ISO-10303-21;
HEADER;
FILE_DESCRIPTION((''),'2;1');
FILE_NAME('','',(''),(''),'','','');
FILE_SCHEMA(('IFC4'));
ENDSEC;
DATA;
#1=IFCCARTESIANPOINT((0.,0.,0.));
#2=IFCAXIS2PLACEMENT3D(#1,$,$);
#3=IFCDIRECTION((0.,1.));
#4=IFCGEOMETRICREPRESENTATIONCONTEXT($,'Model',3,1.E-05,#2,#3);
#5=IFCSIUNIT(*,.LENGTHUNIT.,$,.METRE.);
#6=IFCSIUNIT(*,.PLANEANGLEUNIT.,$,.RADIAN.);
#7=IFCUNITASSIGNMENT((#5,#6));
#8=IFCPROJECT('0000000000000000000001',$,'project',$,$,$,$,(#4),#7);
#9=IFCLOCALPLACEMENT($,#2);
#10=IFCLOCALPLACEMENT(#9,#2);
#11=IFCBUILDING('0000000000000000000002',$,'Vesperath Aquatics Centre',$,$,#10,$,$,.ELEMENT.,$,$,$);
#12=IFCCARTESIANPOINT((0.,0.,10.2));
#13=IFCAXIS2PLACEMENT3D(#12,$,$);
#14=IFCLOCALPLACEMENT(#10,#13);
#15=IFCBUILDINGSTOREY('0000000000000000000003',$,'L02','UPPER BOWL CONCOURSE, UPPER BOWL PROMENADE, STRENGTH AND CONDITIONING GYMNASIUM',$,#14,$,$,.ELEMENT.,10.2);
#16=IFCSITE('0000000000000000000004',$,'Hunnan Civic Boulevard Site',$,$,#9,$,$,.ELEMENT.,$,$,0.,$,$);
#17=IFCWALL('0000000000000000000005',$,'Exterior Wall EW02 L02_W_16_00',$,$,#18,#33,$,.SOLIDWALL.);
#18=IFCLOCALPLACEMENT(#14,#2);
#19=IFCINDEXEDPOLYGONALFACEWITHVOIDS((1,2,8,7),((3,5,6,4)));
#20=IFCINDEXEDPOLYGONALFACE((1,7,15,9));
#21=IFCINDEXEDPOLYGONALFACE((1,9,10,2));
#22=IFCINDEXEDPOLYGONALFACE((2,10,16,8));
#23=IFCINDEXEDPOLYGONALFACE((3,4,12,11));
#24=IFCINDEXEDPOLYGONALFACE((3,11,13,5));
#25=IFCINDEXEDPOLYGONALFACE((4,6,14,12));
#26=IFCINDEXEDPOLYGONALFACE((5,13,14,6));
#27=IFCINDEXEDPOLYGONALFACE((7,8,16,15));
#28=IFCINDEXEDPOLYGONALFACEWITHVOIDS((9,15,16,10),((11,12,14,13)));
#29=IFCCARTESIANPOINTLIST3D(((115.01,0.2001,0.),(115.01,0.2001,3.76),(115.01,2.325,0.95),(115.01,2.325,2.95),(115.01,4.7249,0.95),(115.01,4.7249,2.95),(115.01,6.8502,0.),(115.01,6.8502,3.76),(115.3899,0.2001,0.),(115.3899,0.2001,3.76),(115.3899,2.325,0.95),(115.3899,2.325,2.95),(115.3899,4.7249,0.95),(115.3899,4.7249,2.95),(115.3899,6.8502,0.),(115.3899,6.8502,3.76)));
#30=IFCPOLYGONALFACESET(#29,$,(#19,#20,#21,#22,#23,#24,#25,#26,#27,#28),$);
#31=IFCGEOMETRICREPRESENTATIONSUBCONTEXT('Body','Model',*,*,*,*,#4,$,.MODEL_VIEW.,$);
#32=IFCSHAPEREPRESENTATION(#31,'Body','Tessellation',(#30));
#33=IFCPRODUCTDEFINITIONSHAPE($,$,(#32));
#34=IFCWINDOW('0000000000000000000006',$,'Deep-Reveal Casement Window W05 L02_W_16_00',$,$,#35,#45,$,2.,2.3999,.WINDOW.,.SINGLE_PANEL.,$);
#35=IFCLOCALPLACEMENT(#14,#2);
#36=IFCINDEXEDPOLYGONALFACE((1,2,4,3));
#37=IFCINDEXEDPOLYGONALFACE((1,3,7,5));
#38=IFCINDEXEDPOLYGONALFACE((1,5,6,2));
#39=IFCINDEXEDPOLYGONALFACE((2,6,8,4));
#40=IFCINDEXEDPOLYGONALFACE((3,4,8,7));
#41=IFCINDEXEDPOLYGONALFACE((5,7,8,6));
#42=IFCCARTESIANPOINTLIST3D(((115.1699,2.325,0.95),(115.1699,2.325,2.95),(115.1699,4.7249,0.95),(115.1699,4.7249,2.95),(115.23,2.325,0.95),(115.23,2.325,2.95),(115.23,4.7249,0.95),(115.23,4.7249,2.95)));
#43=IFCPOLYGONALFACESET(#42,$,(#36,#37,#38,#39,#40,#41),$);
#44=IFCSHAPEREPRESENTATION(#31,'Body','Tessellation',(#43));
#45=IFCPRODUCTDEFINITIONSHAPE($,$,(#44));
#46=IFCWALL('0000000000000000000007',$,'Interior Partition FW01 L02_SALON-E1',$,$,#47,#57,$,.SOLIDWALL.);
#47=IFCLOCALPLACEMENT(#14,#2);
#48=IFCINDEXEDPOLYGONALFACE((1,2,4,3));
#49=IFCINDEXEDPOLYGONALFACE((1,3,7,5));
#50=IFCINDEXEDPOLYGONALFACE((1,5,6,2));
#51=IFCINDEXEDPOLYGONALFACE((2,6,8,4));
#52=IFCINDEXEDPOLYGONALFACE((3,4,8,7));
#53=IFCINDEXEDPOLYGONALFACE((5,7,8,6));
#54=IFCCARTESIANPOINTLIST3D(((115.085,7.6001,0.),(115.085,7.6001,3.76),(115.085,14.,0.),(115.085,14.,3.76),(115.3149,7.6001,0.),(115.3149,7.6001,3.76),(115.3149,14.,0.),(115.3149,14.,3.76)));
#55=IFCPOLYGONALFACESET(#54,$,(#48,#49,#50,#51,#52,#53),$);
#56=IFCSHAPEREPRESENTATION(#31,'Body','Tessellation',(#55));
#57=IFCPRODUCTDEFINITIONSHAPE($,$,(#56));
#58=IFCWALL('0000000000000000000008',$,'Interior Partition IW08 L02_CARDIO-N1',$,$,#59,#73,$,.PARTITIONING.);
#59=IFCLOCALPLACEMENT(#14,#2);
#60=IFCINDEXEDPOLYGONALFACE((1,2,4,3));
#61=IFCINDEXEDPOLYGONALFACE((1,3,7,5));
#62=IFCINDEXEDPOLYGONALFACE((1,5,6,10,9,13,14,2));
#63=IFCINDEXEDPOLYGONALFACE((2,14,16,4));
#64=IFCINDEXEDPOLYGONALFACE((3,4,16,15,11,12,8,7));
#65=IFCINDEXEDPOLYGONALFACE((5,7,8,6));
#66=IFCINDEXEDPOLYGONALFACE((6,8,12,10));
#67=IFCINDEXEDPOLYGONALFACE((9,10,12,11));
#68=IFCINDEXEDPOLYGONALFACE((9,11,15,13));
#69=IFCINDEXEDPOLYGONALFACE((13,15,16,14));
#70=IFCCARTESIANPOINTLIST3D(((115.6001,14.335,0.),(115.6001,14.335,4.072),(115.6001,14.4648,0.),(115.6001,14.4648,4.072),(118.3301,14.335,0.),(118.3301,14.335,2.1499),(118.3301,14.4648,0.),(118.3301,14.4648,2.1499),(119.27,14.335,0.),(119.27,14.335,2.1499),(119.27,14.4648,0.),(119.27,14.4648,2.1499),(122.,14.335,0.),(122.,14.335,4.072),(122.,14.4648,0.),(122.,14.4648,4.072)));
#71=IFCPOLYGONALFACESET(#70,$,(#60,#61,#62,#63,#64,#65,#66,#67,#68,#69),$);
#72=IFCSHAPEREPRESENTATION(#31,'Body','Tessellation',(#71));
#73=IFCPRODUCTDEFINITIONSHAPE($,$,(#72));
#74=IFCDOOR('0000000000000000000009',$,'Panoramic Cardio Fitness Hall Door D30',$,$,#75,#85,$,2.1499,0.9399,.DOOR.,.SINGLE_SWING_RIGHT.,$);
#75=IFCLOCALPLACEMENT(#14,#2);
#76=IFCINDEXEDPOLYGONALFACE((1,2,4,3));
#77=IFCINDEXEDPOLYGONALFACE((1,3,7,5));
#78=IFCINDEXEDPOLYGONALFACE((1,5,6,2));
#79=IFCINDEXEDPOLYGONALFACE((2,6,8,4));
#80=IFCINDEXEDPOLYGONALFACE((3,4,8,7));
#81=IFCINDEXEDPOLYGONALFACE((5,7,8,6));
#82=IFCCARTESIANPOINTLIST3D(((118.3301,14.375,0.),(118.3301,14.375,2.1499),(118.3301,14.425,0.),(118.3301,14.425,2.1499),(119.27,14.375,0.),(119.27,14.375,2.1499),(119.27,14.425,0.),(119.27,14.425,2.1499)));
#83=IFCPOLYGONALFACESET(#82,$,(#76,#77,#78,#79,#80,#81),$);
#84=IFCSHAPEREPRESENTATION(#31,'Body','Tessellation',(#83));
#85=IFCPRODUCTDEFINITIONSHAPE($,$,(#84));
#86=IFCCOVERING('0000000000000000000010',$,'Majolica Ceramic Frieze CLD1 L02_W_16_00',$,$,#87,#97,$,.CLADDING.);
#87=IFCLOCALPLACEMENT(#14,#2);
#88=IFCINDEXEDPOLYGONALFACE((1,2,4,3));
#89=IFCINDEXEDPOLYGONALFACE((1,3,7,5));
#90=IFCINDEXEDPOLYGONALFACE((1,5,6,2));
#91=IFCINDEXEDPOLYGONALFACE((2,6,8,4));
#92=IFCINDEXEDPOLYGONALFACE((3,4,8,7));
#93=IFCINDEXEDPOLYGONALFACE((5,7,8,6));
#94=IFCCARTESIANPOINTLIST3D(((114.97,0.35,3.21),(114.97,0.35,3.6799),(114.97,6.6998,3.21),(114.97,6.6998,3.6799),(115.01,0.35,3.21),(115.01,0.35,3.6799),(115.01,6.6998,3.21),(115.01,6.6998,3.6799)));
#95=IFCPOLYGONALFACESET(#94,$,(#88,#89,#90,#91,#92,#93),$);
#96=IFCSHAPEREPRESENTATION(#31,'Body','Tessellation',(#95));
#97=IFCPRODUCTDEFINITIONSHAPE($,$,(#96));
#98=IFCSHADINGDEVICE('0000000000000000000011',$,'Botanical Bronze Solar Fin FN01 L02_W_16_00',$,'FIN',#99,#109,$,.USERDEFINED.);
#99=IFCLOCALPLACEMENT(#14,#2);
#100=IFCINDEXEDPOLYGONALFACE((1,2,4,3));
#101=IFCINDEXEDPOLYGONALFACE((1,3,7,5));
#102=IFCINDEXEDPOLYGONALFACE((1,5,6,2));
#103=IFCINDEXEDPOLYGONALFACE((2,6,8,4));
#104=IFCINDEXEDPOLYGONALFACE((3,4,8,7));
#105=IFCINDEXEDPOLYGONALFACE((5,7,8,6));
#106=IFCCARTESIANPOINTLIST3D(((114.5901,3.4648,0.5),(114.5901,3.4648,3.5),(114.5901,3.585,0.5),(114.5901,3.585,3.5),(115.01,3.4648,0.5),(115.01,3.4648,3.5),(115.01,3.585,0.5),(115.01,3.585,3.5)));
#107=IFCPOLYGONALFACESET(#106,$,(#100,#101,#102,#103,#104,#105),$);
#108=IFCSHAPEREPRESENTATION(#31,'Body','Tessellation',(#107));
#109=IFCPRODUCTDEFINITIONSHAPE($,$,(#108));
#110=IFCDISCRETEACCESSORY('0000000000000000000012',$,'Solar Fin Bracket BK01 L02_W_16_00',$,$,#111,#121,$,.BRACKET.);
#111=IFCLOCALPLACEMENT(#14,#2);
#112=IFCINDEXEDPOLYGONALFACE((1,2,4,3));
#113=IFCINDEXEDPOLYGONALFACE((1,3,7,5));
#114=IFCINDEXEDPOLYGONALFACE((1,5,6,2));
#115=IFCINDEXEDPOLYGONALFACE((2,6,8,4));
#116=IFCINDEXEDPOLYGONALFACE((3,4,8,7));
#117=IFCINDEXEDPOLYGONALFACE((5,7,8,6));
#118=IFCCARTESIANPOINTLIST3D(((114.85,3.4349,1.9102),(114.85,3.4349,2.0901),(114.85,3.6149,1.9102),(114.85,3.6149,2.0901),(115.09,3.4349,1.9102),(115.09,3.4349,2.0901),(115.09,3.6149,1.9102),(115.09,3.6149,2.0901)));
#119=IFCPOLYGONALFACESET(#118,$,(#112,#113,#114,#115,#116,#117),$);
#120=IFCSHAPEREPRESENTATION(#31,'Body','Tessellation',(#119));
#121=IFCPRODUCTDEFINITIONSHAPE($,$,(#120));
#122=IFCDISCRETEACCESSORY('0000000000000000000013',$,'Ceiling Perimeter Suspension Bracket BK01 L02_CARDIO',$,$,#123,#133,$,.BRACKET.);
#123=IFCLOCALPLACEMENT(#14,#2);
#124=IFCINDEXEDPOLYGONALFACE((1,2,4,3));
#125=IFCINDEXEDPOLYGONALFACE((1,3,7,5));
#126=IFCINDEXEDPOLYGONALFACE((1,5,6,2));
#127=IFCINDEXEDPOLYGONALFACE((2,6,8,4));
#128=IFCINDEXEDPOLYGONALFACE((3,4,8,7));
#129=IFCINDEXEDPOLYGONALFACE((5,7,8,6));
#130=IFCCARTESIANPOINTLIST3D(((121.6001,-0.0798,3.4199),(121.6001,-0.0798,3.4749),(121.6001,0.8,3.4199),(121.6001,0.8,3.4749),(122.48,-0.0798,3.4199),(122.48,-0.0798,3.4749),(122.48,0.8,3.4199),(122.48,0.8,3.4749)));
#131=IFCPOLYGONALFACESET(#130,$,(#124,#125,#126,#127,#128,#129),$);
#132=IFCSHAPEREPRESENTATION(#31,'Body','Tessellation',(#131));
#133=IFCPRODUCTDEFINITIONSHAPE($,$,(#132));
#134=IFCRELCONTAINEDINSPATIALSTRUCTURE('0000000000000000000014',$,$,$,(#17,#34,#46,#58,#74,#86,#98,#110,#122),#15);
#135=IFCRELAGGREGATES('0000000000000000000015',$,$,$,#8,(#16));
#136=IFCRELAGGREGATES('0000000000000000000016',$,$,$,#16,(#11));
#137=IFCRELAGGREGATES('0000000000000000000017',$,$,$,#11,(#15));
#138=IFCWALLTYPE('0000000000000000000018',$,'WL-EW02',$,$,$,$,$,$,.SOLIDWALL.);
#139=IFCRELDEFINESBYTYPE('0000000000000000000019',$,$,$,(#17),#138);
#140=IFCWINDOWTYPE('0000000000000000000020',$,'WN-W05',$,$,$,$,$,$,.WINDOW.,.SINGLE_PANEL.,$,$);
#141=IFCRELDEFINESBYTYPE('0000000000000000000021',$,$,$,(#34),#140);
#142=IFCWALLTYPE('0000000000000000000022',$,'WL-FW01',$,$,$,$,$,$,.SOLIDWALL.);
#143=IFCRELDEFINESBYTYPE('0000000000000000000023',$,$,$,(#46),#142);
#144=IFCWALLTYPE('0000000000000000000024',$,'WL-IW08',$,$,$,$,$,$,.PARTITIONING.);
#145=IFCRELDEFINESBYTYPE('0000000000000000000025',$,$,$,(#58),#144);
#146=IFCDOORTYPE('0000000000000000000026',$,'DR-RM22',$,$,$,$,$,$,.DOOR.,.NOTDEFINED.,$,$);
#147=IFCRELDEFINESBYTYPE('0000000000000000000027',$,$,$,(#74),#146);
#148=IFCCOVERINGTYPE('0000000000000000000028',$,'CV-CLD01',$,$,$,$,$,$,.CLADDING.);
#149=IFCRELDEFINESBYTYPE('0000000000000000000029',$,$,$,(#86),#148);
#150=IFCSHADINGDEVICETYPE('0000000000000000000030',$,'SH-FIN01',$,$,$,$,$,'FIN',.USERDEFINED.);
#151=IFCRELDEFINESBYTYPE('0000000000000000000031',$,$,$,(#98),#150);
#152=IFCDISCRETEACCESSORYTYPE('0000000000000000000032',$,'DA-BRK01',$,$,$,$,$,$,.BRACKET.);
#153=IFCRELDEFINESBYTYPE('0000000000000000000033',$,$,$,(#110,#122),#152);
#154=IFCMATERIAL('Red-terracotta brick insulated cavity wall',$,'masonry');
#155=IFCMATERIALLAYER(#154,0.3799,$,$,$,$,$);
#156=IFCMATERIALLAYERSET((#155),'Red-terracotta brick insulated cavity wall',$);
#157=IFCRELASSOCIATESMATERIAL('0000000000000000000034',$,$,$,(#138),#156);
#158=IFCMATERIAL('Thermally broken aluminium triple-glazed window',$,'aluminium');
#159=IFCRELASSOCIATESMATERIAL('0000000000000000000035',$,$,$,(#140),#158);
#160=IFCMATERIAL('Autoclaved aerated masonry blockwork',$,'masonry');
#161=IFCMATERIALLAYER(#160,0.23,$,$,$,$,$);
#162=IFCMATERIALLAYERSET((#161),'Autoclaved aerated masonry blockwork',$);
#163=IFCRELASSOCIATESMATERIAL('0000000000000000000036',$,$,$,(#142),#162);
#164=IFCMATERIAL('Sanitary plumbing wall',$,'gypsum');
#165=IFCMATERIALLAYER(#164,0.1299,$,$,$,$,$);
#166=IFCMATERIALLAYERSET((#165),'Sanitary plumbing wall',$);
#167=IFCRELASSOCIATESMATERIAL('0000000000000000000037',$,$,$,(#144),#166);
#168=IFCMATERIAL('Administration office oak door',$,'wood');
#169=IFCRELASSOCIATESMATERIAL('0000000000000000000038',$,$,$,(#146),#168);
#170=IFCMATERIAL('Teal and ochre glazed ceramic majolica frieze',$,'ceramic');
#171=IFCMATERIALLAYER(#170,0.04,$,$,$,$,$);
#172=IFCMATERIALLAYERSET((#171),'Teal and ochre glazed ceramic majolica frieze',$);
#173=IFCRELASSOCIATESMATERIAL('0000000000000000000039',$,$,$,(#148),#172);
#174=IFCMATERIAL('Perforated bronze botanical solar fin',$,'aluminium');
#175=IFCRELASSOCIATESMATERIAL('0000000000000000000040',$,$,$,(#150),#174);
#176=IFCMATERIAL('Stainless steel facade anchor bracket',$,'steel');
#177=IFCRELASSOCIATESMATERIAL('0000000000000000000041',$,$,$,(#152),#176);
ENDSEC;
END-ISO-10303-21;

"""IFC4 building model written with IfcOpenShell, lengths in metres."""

from ifc_helpers import new_model, si_unit, direction, frame, frame_2d, origin, origin_2d, place, context, subcontext, project, spatial, rectangle, extrude, material, layer, layer_set, type_object, element, fill, save


model = new_model("IFC4")

# Units and contexts
model_context = context("Model", 3, precision=1e-05, world=origin(), true_north=direction((0.0, 1.0)))
body_context = subcontext(model_context, "Body", "Model", "MODEL_VIEW")
ifc_project = project(units=[si_unit("LENGTHUNIT", "METRE"), si_unit("PLANEANGLEUNIT", "RADIAN")], contexts=[model_context])

# Site, building, storey
site_placement = place(None, origin())
site = spatial("IfcSite", under=ifc_project, at=site_placement, Name="Hunnan Civic Boulevard Site", CompositionType="ELEMENT", RefElevation=0.0)
building_placement = place(site_placement, origin())
building = spatial("IfcBuilding", under=site, at=building_placement, Name="Vesperath Aquatics Centre", CompositionType="ELEMENT")
storey_placement = place(building_placement, frame((0.0, 0.0, 10.2)))
storey = spatial("IfcBuildingStorey", under=building, at=storey_placement, Name="L02", Description="UPPER BOWL CONCOURSE, UPPER BOWL PROMENADE, STRENGTH AND CONDITIONING GYMNASIUM", CompositionType="ELEMENT", Elevation=10.2)

# Wall, opening, window
ifc_material_1 = material(Name="Red-terracotta brick insulated cavity wall", Category="masonry")
ifc_layer_1 = layer(ifc_material_1, 0.3799)
ifc_layer_set_1 = layer_set([ifc_layer_1], Name="Red-terracotta brick insulated cavity wall")
wall_type_1 = type_object("IfcWallType", Name="WL-EW02", PredefinedType="SOLIDWALL", material=ifc_layer_set_1)
wall_1_placement = place(storey_placement, frame((115.2, 0.2, 0.0), z_axis=(0.0, 0.0, 1.0), x_axis=(0.0, 1.0, 0.0)))
wall_1 = element("IfcWall", 1, at=wall_1_placement, inside=storey, type_object=wall_type_1, Name="Exterior Wall EW02 L02_W_16_00", PredefinedType="SOLIDWALL", context=body_context, shape_type="SweptSolid", body=[
    extrude(rectangle(XDim=6.6501, YDim=0.3799, at=frame_2d((3.3252, 0.0))), origin(), (0.0, 0.0, 1.0), 3.76),
])
opening_1_placement = place(wall_1_placement, frame((2.125, 0.0, 0.95)))
opening_1 = element("IfcOpeningElement", 2, at=opening_1_placement, cuts=wall_1, PredefinedType="OPENING", context=body_context, shape_type="SweptSolid", body=[
    extrude(rectangle(XDim=2.3999, YDim=2.0, at=frame_2d((1.2, 1.0))), frame((0.0, 0.2048, 0.0), z_axis=(0.0, -1.0, 0.0), x_axis=(1.0, 0.0, 0.0)), (0.0, 0.0, 1.0), 0.4097),
])
ifc_material_2 = material(Name="Thermally broken aluminium triple-glazed window", Category="aluminium")
window_type = type_object("IfcWindowType", Name="WN-W05", PartitioningType="SINGLE_PANEL", PredefinedType="WINDOW", material=ifc_material_2)
window_placement = place(opening_1_placement, origin())
window = element("IfcWindow", 3, at=window_placement, inside=storey, type_object=window_type, Name="Deep-Reveal Casement Window W05 L02_W_16_00", OverallHeight=2.0, OverallWidth=2.3999, PartitioningType="SINGLE_PANEL", PredefinedType="WINDOW", context=body_context, shape_type="SweptSolid", body=[
    extrude(rectangle(XDim=2.3999, YDim=2.0, at=frame_2d((1.2, 1.0))), frame((0.0, 0.03, 0.0), z_axis=(0.0, -1.0, 0.0), x_axis=(1.0, 0.0, 0.0)), (0.0, 0.0, 1.0), 0.0601),
])
fill(opening_1, window)

# Wall
ifc_material_3 = material(Name="Autoclaved aerated masonry blockwork", Category="masonry")
ifc_layer_2 = layer(ifc_material_3, 0.23)
ifc_layer_set_2 = layer_set([ifc_layer_2], Name="Autoclaved aerated masonry blockwork")
wall_type_2 = type_object("IfcWallType", Name="WL-FW01", PredefinedType="SOLIDWALL", material=ifc_layer_set_2)
wall_2_placement = place(storey_placement, frame((115.2, 7.6001, 0.0), z_axis=(0.0, 0.0, 1.0), x_axis=(0.0, 1.0, 0.0)))
element("IfcWall", 4, at=wall_2_placement, inside=storey, type_object=wall_type_2, Name="Interior Partition FW01 L02_SALON-E1", PredefinedType="SOLIDWALL", context=body_context, shape_type="SweptSolid", body=[
    extrude(rectangle(XDim=6.3999, YDim=0.23, at=frame_2d((3.2, 0.0))), origin(), (0.0, 0.0, 1.0), 3.76),
])

# Wall, opening, door
ifc_material_4 = material(Name="Sanitary plumbing wall", Category="gypsum")
ifc_layer_3 = layer(ifc_material_4, 0.1299)
ifc_layer_set_3 = layer_set([ifc_layer_3], Name="Sanitary plumbing wall")
wall_type_3 = type_object("IfcWallType", Name="WL-IW08", PredefinedType="PARTITIONING", material=ifc_layer_set_3)
wall_3_placement = place(storey_placement, frame((115.6001, 14.3999, 0.0), z_axis=(0.0, 0.0, 1.0), x_axis=(1.0, 0.0, 0.0)))
wall_3 = element("IfcWall", 5, at=wall_3_placement, inside=storey, type_object=wall_type_3, Name="Interior Partition IW08 L02_CARDIO-N1", PredefinedType="PARTITIONING", context=body_context, shape_type="SweptSolid", body=[
    extrude(rectangle(XDim=6.3999, YDim=0.1299, at=frame_2d((3.2, 0.0))), origin(), (0.0, 0.0, 1.0), 4.072),
])
opening_2_placement = place(wall_3_placement, frame((2.73, 0.0, 0.0)))
opening_2 = element("IfcOpeningElement", 6, at=opening_2_placement, cuts=wall_3, PredefinedType="OPENING", context=body_context, shape_type="SweptSolid", body=[
    extrude(rectangle(XDim=0.9399, YDim=2.1499, at=frame_2d((0.47, 1.075))), frame((0.0, 0.0798, 0.0), z_axis=(0.0, -1.0, 0.0), x_axis=(1.0, 0.0, 0.0)), (0.0, 0.0, 1.0), 0.1597),
])
ifc_material_5 = material(Name="Administration office oak door", Category="wood")
door_type = type_object("IfcDoorType", Name="DR-RM22", OperationType="NOTDEFINED", PredefinedType="DOOR", material=ifc_material_5)
door_placement = place(opening_2_placement, frame((0.9399, 0.0, 0.0), z_axis=(0.0, 0.0, 1.0), x_axis=(-1.0, 0.0, 0.0)))
door = element("IfcDoor", 7, at=door_placement, inside=storey, type_object=door_type, Name="Panoramic Cardio Fitness Hall Door D30", OperationType="SINGLE_SWING_RIGHT", OverallHeight=2.1499, OverallWidth=0.9399, PredefinedType="DOOR", context=body_context, shape_type="SweptSolid", body=[
    extrude(rectangle(XDim=0.9399, YDim=2.1499, at=frame_2d((0.47, 1.075))), frame((0.0, 0.0249, 0.0), z_axis=(0.0, -1.0, 0.0), x_axis=(1.0, 0.0, 0.0)), (0.0, 0.0, 1.0), 0.05),
])
fill(opening_2, door)

# Covering
ifc_material_6 = material(Name="Teal and ochre glazed ceramic majolica frieze", Category="ceramic")
ifc_layer_4 = layer(ifc_material_6, 0.04)
ifc_layer_set_4 = layer_set([ifc_layer_4], Name="Teal and ochre glazed ceramic majolica frieze")
covering_type = type_object("IfcCoveringType", Name="CV-CLD01", PredefinedType="CLADDING", material=ifc_layer_set_4)
covering_placement = place(storey_placement, frame((114.99, 0.3501, 3.21), z_axis=(0.0, 0.0, 1.0), x_axis=(0.0, 1.0, 0.0)))
element("IfcCovering", 8, at=covering_placement, inside=storey, type_object=covering_type, Name="Majolica Ceramic Frieze CLD1 L02_W_16_00", PredefinedType="CLADDING", context=body_context, shape_type="SweptSolid", body=[
    extrude(rectangle(XDim=6.3499, YDim=0.04, at=frame_2d((3.1748, 0.0))), origin(), (0.0, 0.0, 1.0), 0.47),
])

# Shading device
ifc_material_7 = material(Name="Perforated bronze botanical solar fin", Category="aluminium")
shading_device_type = type_object("IfcShadingDeviceType", Name="SH-FIN01", ElementType="FIN", PredefinedType="USERDEFINED", material=ifc_material_7)
shading_device_placement = place(storey_placement, frame((114.8, 3.5249, 0.5), z_axis=(0.0, 0.0, 1.0), x_axis=(1.0, 0.0, 0.0)))
element("IfcShadingDevice", 9, at=shading_device_placement, inside=storey, type_object=shading_device_type, Name="Botanical Bronze Solar Fin FN01 L02_W_16_00", ObjectType="FIN", PredefinedType="USERDEFINED", context=body_context, shape_type="SweptSolid", body=[
    extrude(rectangle(XDim=0.4199, YDim=0.1201, at=origin_2d()), origin(), (0.0, 0.0, 1.0), 3.0),
])

# Discrete accessories
ifc_material_8 = material(Name="Stainless steel facade anchor bracket", Category="steel")
discrete_accessory_type = type_object("IfcDiscreteAccessoryType", Name="DA-BRK01", PredefinedType="BRACKET", material=ifc_material_8)
discrete_accessory_1_placement = place(storey_placement, frame((114.97, 3.5249, 1.9102), z_axis=(0.0, 0.0, 1.0), x_axis=(1.0, 0.0, 0.0)))
element("IfcDiscreteAccessory", 10, at=discrete_accessory_1_placement, inside=storey, type_object=discrete_accessory_type, Name="Solar Fin Bracket BK01 L02_W_16_00", PredefinedType="BRACKET", context=body_context, shape_type="SweptSolid", body=[
    extrude(rectangle(XDim=0.24, YDim=0.1799, at=origin_2d()), origin(), (0.0, 0.0, 1.0), 0.1799),
])
discrete_accessory_2_placement = place(storey_placement, frame((122.04, 0.3601, 3.4199), z_axis=(0.0, 0.0, 1.0), x_axis=(1.0, 0.0, 0.0)))
element("IfcDiscreteAccessory", 11, at=discrete_accessory_2_placement, inside=storey, type_object=discrete_accessory_type, Name="Ceiling Perimeter Suspension Bracket BK01 L02_CARDIO", PredefinedType="BRACKET", context=body_context, shape_type="SweptSolid", body=[
    extrude(rectangle(XDim=0.8799, YDim=0.8799, at=origin_2d()), origin(), (0.0, 0.0, 1.0), 0.0549),
])

save(model, "model.ifc")
